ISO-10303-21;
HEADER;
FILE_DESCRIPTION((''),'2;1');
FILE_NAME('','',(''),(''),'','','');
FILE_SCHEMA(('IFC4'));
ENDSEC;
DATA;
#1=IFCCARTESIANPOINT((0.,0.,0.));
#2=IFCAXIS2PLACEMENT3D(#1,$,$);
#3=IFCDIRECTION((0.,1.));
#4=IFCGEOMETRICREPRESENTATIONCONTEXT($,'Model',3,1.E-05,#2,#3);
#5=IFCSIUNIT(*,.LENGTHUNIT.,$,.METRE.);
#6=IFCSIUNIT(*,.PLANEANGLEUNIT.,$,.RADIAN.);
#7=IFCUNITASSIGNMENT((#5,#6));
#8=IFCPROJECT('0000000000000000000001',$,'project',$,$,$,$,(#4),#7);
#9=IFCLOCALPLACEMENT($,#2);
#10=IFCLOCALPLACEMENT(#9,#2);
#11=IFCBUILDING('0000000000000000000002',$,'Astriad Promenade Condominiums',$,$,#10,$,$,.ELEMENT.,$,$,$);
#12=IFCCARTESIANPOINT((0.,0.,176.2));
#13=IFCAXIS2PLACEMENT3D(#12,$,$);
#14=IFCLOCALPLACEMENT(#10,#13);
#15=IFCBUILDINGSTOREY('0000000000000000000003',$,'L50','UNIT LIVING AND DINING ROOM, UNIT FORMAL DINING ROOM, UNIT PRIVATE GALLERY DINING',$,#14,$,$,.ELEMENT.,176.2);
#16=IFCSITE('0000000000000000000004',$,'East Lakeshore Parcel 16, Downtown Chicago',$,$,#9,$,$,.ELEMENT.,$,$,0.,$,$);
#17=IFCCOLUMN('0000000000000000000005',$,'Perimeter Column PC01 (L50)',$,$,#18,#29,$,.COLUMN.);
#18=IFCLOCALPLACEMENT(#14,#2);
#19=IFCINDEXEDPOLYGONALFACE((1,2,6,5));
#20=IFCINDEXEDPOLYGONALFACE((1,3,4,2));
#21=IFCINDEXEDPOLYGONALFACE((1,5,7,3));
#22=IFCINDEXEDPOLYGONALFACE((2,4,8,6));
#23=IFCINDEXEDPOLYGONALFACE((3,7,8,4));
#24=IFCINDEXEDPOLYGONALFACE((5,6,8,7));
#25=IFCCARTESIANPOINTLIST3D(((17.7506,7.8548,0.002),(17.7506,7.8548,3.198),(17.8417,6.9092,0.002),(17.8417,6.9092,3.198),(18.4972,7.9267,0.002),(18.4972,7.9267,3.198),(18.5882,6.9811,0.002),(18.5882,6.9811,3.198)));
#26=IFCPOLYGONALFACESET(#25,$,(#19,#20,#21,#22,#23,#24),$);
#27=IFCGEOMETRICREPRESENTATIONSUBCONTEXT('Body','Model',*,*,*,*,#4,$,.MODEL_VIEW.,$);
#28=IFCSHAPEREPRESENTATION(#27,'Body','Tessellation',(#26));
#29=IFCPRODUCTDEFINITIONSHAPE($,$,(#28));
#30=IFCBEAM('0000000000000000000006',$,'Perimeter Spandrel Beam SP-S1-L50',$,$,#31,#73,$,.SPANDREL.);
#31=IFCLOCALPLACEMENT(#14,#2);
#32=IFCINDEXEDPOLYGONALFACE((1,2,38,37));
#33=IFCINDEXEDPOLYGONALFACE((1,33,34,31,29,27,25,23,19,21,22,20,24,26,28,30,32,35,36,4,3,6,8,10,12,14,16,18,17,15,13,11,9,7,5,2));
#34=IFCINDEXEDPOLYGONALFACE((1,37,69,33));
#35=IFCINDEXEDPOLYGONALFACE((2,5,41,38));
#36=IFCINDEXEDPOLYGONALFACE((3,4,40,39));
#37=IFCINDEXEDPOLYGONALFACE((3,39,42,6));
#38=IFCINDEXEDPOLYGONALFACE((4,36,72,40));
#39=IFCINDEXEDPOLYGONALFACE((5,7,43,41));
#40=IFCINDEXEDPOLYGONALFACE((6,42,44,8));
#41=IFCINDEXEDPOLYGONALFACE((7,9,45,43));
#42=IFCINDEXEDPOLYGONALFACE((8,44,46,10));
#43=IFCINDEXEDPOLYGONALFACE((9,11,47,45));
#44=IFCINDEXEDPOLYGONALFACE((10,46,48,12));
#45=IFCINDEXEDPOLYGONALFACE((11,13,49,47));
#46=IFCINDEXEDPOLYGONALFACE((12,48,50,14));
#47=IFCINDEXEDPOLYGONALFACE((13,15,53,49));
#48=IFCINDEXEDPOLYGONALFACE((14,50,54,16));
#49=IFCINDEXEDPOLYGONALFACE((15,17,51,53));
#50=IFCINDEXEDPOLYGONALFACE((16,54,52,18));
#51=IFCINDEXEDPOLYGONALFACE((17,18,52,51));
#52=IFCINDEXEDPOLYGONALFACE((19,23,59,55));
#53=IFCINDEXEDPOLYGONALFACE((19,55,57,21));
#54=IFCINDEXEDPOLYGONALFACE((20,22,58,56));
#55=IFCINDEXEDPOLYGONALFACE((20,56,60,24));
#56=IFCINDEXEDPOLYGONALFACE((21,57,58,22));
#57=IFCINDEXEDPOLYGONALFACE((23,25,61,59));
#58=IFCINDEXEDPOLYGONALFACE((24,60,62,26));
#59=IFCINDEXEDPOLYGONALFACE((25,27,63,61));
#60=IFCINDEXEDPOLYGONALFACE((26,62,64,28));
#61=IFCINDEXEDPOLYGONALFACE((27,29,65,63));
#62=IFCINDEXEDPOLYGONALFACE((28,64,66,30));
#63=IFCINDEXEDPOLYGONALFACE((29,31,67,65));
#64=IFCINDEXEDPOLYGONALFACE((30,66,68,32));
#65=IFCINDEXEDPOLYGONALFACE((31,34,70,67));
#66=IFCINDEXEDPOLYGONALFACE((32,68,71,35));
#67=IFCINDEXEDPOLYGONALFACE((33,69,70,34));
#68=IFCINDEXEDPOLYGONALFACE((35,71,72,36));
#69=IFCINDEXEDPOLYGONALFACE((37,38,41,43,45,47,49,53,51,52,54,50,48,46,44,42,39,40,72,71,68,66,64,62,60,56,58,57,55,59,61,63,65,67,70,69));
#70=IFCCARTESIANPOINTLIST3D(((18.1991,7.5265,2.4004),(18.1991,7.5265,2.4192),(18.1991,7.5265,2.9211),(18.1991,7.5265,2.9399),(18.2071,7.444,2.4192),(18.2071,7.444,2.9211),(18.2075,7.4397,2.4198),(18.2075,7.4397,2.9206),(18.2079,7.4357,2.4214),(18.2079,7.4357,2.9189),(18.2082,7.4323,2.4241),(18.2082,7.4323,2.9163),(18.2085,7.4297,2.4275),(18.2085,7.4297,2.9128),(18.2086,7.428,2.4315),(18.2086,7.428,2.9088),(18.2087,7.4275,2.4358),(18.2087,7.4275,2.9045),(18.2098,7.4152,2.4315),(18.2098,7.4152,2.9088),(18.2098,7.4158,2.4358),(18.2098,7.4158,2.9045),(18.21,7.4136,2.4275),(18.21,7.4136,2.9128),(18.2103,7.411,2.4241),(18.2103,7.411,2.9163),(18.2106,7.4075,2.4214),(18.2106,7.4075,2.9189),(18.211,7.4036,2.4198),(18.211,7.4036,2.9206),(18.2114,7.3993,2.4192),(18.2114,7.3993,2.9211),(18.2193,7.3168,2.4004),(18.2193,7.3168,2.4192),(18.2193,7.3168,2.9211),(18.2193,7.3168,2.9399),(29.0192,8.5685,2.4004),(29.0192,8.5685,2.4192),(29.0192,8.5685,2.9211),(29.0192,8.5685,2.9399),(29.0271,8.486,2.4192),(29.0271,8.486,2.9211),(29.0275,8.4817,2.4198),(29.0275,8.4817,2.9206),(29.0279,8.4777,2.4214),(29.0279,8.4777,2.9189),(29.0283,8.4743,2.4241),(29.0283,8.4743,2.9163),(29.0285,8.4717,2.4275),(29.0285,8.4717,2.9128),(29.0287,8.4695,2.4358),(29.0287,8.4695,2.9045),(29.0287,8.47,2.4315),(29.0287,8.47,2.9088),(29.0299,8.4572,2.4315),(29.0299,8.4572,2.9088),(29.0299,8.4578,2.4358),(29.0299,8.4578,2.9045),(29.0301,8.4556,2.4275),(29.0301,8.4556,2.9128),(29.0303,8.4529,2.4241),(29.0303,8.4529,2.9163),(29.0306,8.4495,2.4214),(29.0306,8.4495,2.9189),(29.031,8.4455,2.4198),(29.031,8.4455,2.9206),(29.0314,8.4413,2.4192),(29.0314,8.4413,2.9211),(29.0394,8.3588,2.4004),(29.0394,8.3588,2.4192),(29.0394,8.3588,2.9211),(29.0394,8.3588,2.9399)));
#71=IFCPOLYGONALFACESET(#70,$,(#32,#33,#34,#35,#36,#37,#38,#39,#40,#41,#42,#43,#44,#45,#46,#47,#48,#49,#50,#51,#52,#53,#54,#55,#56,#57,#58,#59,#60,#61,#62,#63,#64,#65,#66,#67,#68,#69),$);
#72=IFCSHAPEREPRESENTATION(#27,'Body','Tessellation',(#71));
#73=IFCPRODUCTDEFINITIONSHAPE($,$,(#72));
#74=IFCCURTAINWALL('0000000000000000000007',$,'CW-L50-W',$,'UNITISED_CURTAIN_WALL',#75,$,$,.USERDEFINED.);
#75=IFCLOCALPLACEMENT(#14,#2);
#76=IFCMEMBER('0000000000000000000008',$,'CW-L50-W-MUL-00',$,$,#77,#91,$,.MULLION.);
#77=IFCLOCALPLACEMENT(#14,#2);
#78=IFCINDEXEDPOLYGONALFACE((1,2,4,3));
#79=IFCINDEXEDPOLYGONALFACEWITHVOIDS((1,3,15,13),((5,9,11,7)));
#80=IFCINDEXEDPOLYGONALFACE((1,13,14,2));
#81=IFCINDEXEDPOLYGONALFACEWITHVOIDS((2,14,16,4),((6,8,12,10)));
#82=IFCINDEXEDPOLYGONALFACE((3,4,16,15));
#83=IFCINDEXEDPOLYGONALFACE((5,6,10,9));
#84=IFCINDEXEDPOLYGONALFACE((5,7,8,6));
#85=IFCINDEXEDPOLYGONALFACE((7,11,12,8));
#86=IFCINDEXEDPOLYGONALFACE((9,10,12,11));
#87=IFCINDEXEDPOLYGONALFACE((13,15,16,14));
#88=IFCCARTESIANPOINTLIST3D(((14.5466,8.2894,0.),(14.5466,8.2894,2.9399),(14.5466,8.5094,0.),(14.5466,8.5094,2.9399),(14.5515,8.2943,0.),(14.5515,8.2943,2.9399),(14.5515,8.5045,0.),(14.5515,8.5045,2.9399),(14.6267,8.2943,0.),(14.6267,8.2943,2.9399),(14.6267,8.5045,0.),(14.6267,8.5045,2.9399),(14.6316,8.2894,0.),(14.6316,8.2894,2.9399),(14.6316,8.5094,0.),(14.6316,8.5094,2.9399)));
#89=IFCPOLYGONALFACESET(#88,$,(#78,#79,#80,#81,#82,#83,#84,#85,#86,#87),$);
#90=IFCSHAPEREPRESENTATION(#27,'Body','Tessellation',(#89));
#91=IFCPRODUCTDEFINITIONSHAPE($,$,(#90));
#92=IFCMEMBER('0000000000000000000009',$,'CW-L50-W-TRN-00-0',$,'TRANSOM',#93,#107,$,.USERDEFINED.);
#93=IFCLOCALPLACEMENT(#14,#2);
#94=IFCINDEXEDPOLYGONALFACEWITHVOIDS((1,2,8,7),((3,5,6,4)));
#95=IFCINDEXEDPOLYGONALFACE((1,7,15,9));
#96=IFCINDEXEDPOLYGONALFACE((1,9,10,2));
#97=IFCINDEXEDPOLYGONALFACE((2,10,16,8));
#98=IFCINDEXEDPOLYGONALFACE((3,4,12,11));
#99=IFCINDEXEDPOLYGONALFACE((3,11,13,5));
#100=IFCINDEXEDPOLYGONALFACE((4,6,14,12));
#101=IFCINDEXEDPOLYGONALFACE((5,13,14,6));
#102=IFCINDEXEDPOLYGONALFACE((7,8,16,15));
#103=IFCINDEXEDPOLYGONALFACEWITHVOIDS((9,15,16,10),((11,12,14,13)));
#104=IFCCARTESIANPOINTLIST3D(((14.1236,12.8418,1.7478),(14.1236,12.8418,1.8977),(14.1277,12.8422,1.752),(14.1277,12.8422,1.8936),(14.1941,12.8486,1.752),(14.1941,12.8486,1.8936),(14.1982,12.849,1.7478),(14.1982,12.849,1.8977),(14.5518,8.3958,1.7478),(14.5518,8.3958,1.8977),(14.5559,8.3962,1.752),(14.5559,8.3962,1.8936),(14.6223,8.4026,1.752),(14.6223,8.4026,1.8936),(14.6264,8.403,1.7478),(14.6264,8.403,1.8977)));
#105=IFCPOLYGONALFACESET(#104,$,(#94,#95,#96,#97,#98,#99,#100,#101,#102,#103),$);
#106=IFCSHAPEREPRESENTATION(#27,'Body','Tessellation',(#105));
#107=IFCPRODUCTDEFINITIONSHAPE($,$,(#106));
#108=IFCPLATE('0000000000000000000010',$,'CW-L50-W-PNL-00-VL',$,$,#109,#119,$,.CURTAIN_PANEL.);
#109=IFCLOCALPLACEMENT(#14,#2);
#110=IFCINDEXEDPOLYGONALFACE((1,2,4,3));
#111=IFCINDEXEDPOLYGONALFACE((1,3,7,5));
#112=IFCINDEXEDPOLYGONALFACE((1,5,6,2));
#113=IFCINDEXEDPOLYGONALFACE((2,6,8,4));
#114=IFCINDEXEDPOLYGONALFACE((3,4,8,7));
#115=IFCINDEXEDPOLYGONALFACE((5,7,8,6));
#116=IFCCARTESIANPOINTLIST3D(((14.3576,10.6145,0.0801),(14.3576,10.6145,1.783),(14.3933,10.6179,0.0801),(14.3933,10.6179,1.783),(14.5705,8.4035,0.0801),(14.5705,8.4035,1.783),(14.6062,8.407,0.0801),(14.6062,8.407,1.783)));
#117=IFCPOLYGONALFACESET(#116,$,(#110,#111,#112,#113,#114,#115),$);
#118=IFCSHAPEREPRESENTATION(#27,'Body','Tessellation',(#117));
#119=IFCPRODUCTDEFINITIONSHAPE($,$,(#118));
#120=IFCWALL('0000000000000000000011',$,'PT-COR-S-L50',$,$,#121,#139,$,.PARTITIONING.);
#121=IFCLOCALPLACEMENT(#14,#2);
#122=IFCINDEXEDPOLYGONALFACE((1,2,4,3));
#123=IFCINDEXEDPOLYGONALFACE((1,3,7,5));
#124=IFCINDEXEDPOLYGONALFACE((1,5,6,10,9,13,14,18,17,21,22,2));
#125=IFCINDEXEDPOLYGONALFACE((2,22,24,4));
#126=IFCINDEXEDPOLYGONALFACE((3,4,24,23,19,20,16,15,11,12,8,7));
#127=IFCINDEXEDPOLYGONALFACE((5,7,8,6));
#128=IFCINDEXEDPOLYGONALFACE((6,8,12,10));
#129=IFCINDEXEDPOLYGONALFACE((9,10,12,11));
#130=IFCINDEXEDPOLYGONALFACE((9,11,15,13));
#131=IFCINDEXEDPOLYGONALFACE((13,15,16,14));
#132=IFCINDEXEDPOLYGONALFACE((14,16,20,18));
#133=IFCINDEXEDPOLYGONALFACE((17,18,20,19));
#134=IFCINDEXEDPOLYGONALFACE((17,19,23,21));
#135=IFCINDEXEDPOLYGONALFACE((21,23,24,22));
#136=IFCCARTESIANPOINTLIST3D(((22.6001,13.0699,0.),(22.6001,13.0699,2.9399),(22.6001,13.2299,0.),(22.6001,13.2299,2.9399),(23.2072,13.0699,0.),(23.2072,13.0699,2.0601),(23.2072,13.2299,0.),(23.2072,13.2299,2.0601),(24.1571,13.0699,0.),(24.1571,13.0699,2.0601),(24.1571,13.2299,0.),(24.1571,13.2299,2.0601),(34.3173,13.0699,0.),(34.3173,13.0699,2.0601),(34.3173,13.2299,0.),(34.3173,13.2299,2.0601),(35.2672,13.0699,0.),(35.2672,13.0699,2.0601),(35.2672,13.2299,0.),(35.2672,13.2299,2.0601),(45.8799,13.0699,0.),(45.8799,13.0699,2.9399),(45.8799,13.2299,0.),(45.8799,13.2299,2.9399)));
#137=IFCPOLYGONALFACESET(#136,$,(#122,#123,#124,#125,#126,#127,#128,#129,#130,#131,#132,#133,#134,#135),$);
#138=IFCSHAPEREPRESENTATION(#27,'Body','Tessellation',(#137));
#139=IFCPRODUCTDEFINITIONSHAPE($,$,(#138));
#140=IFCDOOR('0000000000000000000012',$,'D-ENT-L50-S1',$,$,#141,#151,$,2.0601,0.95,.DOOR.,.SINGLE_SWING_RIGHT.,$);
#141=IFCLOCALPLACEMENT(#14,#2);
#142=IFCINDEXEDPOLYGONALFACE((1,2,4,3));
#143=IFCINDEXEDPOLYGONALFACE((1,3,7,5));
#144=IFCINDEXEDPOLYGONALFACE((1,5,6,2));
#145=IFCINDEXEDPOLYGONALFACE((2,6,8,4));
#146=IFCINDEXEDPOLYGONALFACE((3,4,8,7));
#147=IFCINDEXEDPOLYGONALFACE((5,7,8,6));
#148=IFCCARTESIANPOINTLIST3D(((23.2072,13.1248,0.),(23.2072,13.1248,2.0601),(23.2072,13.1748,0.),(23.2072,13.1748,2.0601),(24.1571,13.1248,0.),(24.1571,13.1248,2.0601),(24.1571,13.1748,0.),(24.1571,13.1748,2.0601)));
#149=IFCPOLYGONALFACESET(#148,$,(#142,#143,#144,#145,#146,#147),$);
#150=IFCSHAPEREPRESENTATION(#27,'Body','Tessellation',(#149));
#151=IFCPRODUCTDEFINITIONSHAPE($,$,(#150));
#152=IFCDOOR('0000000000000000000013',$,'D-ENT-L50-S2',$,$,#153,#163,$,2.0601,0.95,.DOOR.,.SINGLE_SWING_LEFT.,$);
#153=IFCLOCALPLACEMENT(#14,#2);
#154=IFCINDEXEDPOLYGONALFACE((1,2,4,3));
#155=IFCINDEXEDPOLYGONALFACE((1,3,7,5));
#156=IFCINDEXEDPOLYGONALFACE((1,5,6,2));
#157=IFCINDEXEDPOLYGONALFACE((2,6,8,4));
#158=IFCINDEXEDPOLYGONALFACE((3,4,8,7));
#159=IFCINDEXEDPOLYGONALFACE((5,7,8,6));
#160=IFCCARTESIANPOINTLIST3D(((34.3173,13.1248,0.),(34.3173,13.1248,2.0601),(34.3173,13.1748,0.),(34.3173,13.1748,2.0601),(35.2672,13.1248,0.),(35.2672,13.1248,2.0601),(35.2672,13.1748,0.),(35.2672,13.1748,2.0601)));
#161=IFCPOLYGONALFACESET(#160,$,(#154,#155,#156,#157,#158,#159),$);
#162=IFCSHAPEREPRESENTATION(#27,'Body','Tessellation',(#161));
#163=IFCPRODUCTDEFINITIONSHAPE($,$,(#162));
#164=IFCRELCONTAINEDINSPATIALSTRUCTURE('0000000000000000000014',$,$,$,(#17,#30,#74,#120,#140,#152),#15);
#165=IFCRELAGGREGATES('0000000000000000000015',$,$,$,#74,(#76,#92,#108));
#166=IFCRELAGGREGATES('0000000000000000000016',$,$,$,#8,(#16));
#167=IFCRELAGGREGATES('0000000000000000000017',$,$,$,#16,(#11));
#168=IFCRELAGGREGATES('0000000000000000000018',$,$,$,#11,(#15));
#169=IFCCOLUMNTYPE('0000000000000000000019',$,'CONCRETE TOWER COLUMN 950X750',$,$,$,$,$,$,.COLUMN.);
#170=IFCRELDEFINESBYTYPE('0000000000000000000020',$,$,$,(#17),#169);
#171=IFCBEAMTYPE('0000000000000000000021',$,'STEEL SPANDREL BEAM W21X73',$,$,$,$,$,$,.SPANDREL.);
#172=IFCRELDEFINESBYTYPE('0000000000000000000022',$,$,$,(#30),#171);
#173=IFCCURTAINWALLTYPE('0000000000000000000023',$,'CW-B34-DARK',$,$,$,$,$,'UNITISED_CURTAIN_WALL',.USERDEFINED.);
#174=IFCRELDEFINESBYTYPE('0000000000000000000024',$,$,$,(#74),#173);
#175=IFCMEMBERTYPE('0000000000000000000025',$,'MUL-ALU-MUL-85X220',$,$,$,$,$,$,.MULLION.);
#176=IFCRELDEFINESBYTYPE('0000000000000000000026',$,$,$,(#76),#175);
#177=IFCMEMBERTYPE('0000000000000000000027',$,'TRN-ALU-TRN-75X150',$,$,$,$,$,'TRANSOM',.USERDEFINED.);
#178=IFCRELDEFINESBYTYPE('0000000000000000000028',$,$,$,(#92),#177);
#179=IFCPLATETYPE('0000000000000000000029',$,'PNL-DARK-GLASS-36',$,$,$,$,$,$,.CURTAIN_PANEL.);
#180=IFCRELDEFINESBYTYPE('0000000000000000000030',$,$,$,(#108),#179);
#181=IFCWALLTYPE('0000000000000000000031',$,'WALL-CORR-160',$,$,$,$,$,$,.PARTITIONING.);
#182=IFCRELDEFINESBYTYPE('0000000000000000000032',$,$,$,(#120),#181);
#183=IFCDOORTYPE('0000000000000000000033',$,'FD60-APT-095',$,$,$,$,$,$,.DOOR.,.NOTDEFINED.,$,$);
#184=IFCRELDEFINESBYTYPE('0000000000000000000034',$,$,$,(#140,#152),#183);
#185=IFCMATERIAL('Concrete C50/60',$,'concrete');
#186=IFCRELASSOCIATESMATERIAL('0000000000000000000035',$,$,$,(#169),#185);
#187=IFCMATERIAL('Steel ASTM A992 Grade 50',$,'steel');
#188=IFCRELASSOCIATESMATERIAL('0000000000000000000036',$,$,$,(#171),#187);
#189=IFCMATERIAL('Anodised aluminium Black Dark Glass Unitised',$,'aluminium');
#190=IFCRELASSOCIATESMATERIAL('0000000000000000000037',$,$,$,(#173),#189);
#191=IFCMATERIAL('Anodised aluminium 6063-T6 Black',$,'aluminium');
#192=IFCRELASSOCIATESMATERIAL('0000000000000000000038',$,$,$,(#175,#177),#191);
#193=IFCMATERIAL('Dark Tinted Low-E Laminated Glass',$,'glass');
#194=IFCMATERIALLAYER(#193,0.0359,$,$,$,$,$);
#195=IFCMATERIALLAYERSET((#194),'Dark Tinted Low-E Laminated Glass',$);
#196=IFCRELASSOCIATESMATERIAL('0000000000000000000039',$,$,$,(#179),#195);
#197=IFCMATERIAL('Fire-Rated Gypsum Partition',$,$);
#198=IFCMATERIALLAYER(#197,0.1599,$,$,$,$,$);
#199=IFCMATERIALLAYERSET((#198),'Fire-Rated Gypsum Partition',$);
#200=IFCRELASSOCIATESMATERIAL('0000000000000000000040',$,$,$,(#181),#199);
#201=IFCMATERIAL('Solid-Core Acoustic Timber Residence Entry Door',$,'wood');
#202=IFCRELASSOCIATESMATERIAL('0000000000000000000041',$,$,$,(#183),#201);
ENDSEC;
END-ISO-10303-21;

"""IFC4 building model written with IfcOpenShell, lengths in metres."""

from ifc_helpers import new_model, si_unit, direction, frame, frame_2d, origin, origin_2d, place, context, subcontext, project, spatial, rectangle, hollow_rectangle, i_section, extrude, source, transform, mapped, material, layer, layer_set, material_profile, profile_set, type_object, type_shapes, element, fill, aggregate, save


model = new_model("IFC4")

# Units and contexts
model_context = context("Model", 3, precision=1e-05, world=origin(), true_north=direction((0.0, 1.0)))
body_context = subcontext(model_context, "Body", "Model", "MODEL_VIEW")
ifc_project = project(units=[si_unit("LENGTHUNIT", "METRE"), si_unit("PLANEANGLEUNIT", "RADIAN")], contexts=[model_context])

# Site, building, storey
site_placement = place(None, origin())
site = spatial("IfcSite", under=ifc_project, at=site_placement, Name="East Lakeshore Parcel 16, Downtown Chicago", CompositionType="ELEMENT", RefElevation=0.0)
building_placement = place(site_placement, origin())
building = spatial("IfcBuilding", under=site, at=building_placement, Name="Astriad Promenade Condominiums", CompositionType="ELEMENT")
storey_placement = place(building_placement, frame((0.0, 0.0, 176.2)))
storey = spatial("IfcBuildingStorey", under=building, at=storey_placement, Name="L50", Description="UNIT LIVING AND DINING ROOM, UNIT FORMAL DINING ROOM, UNIT PRIVATE GALLERY DINING", CompositionType="ELEMENT", Elevation=176.2)

# Column
ifc_material_1 = material(Name="Concrete C50/60", Category="concrete")
ifc_material_profile_1 = material_profile(ifc_material_1, rectangle(XDim=0.75, YDim=0.95, at=origin_2d()), Name="RC-COL-950X750")
ifc_profile_set_1 = profile_set([ifc_material_profile_1], Name="Concrete C50/60")
column_type = type_object("IfcColumnType", Name="CONCRETE TOWER COLUMN 950X750", PredefinedType="COLUMN", material=ifc_profile_set_1)
shared_shape_1 = source(origin(), body_context, "Body", "SweptSolid", [
    extrude(rectangle(XDim=0.75, YDim=0.95, at=origin_2d()), origin(), (0.0, 0.0, 1.0), 3.196),
])
type_shapes(column_type, [shared_shape_1])
column_placement = place(storey_placement, frame((18.1694, 7.418, 0.002), z_axis=(0.0, 0.0, 1.0), x_axis=(0.995396, 0.095846, 0.0)))
element("IfcColumn", 1, at=column_placement, inside=storey, type_object=column_type, Name="Perimeter Column PC01 (L50)", PredefinedType="COLUMN", context=body_context, shape_type="MappedRepresentation", body=[
    mapped(shared_shape_1, transform((0.0, 0.0, 0.0), scale=1.0)),
])

# Beam
ifc_material_2 = material(Name="Steel ASTM A992 Grade 50", Category="steel")
ifc_material_profile_2 = material_profile(ifc_material_2, i_section(OverallWidth=0.2107, OverallDepth=0.5396, WebThickness=0.0117, FlangeThickness=0.0188, FilletRadius=0.0166, at=origin_2d()), Name="W21X73")
ifc_profile_set_2 = profile_set([ifc_material_profile_2], Name="Steel ASTM A992 Grade 50")
beam_type = type_object("IfcBeamType", Name="STEEL SPANDREL BEAM W21X73", PredefinedType="SPANDREL", material=ifc_profile_set_2)
shared_shape_2 = source(origin(), body_context, "Body", "SweptSolid", [
    extrude(i_section(OverallWidth=0.2107, OverallDepth=0.5396, WebThickness=0.0117, FlangeThickness=0.0188, FilletRadius=0.0166, at=origin_2d()), origin(), (0.0, 0.0, 1.0), 10.8701),
])
type_shapes(beam_type, [shared_shape_2])
beam_placement = place(storey_placement, frame((18.2092, 7.4216, 2.6702), z_axis=(0.995395, 0.095858, 0.0), x_axis=(-0.095858, 0.995395, 0.0)))
element("IfcBeam", 2, at=beam_placement, inside=storey, type_object=beam_type, Name="Perimeter Spandrel Beam SP-S1-L50", PredefinedType="SPANDREL", context=body_context, shape_type="MappedRepresentation", body=[
    mapped(shared_shape_2, transform((0.0, 0.0, 0.0), scale=1.0)),
])

# Curtain wall, members, plate
ifc_material_3 = material(Name="Anodised aluminium Black Dark Glass Unitised", Category="aluminium")
curtain_wall_type = type_object("IfcCurtainWallType", Name="CW-B34-DARK", ElementType="UNITISED_CURTAIN_WALL", PredefinedType="USERDEFINED", material=ifc_material_3)
curtain_wall_placement = place(storey_placement, origin())
curtain_wall = element("IfcCurtainWall", 3, at=curtain_wall_placement, inside=storey, type_object=curtain_wall_type, Name="CW-L50-W", ObjectType="UNITISED_CURTAIN_WALL", PredefinedType="USERDEFINED")
ifc_material_4 = material(Name="Anodised aluminium 6063-T6 Black", Category="aluminium")
ifc_material_profile_3 = material_profile(ifc_material_4, hollow_rectangle(XDim=0.085, YDim=0.22, WallThickness=0.0049, at=origin_2d()), Name="ALU-MUL-85X220")
ifc_profile_set_3 = profile_set([ifc_material_profile_3], Name="Anodised aluminium 6063-T6 Black")
member_type_1 = type_object("IfcMemberType", Name="MUL-ALU-MUL-85X220", PredefinedType="MULLION", material=ifc_profile_set_3)
shared_shape_3 = source(origin(), body_context, "Body", "SweptSolid", [
    extrude(hollow_rectangle(XDim=0.085, YDim=0.22, WallThickness=0.0049, at=origin_2d()), origin(), (0.0, 0.0, 1.0), 2.9399),
])
type_shapes(member_type_1, [shared_shape_3])
member_1_placement = place(storey_placement, frame((14.5891, 8.3994, 0.0), z_axis=(0.0, 0.0, 1.0), x_axis=(1.0, 0.0, 0.0)))
member_1 = element("IfcMember", 4, at=member_1_placement, type_object=member_type_1, Name="CW-L50-W-MUL-00", PredefinedType="MULLION", context=body_context, shape_type="MappedRepresentation", body=[
    mapped(shared_shape_3, transform((0.0, 0.0, 0.0), scale=1.0)),
])
ifc_material_profile_4 = material_profile(ifc_material_4, hollow_rectangle(XDim=0.075, YDim=0.1499, WallThickness=0.0042, at=origin_2d()), Name="ALU-TRN-75X150")
ifc_profile_set_4 = profile_set([ifc_material_profile_4], Name="Anodised aluminium 6063-T6 Black")
member_type_2 = type_object("IfcMemberType", Name="TRN-ALU-TRN-75X150", ElementType="TRANSOM", PredefinedType="USERDEFINED", material=ifc_profile_set_4)
shared_shape_4 = source(origin(), body_context, "Body", "SweptSolid", [
    extrude(hollow_rectangle(XDim=0.075, YDim=0.1499, WallThickness=0.0042, at=origin_2d()), origin(), (0.0, 0.0, 1.0), 4.4666),
])
type_shapes(member_type_2, [shared_shape_4])
member_2_placement = place(storey_placement, frame((14.5891, 8.3994, 1.8228), z_axis=(-0.095872, 0.995394, 0.0), x_axis=(-0.995394, -0.095872, 0.0)))
member_2 = element("IfcMember", 5, at=member_2_placement, type_object=member_type_2, Name="CW-L50-W-TRN-00-0", ObjectType="TRANSOM", PredefinedType="USERDEFINED", context=body_context, shape_type="MappedRepresentation", body=[
    mapped(shared_shape_4, transform((0.0, 0.0, 0.0), scale=1.0)),
])
ifc_material_5 = material(Name="Dark Tinted Low-E Laminated Glass", Category="glass")
ifc_layer_1 = layer(ifc_material_5, 0.0359)
ifc_layer_set_1 = layer_set([ifc_layer_1], Name="Dark Tinted Low-E Laminated Glass")
plate_type = type_object("IfcPlateType", Name="PNL-DARK-GLASS-36", PredefinedType="CURTAIN_PANEL", material=ifc_layer_set_1)
shared_shape_5 = source(origin(), body_context, "Body", "SweptSolid", [
    extrude(rectangle(XDim=2.2212, YDim=0.0359, at=origin_2d()), origin(), (0.0, 0.0, 1.0), 1.7029),
])
type_shapes(plate_type, [shared_shape_5])
plate_placement = place(storey_placement, frame((14.4819, 9.5107, 0.0801), z_axis=(0.0, 0.0, 1.0), x_axis=(-0.095846, 0.995396, 0.0)))
plate = element("IfcPlate", 6, at=plate_placement, type_object=plate_type, Name="CW-L50-W-PNL-00-VL", PredefinedType="CURTAIN_PANEL", context=body_context, shape_type="MappedRepresentation", body=[
    mapped(shared_shape_5, transform((0.0, 0.0, 0.0), scale=1.0)),
])
aggregate(curtain_wall, [member_1, member_2, plate])

# Wall, openings, doors
ifc_material_6 = material(Name="Fire-Rated Gypsum Partition")
ifc_layer_2 = layer(ifc_material_6, 0.1599)
ifc_layer_set_2 = layer_set([ifc_layer_2], Name="Fire-Rated Gypsum Partition")
wall_type_1 = type_object("IfcWallType", Name="WALL-CORR-160", PredefinedType="PARTITIONING", material=ifc_layer_set_2)
wall_1_placement = place(storey_placement, frame((22.6001, 13.1499, 0.0), z_axis=(0.0, 0.0, 1.0), x_axis=(1.0, 0.0, 0.0)))
wall_1 = element("IfcWall", 7, at=wall_1_placement, inside=storey, type_object=wall_type_1, Name="PT-COR-S-L50", PredefinedType="PARTITIONING", context=body_context, shape_type="SweptSolid", body=[
    extrude(rectangle(XDim=23.2798, YDim=0.1599, at=frame_2d((11.6399, 0.0))), origin(), (0.0, 0.0, 1.0), 2.9399),
])
opening_1_placement = place(wall_1_placement, frame((0.6069, 0.0, 0.0)))
opening_1 = element("IfcOpeningElement", 8, at=opening_1_placement, cuts=wall_1, PredefinedType="OPENING", context=body_context, shape_type="SweptSolid", body=[
    extrude(rectangle(XDim=0.95, YDim=2.0601, at=frame_2d((0.4751, 1.03))), frame((0.0, 0.0898, 0.0), z_axis=(0.0, -1.0, 0.0), x_axis=(1.0, 0.0, 0.0)), (0.0, 0.0, 1.0), 0.1799),
])
opening_2_placement = place(wall_1_placement, frame((11.717, 0.0, 0.0)))
opening_2 = element("IfcOpeningElement", 9, at=opening_2_placement, cuts=wall_1, PredefinedType="OPENING", context=body_context, shape_type="SweptSolid", body=[
    extrude(rectangle(XDim=0.95, YDim=2.0601, at=frame_2d((0.4751, 1.03))), frame((0.0, 0.0898, 0.0), z_axis=(0.0, -1.0, 0.0), x_axis=(1.0, 0.0, 0.0)), (0.0, 0.0, 1.0), 0.1799),
])
ifc_material_7 = material(Name="Solid-Core Acoustic Timber Residence Entry Door", Category="wood")
door_type_1 = type_object("IfcDoorType", Name="FD60-APT-095", OperationType="NOTDEFINED", PredefinedType="DOOR", material=ifc_material_7)
shared_shape_6 = source(origin(), body_context, "Body", "SweptSolid", [
    extrude(rectangle(XDim=0.95, YDim=2.0601, at=frame_2d((0.4751, 1.03))), frame((0.0, 0.0249, 0.0), z_axis=(0.0, -1.0, 0.0), x_axis=(1.0, 0.0, 0.0)), (0.0, 0.0, 1.0), 0.05),
])
type_shapes(door_type_1, [shared_shape_6])
door_1_placement = place(opening_1_placement, origin())
door_1 = element("IfcDoor", 10, at=door_1_placement, inside=storey, type_object=door_type_1, Name="D-ENT-L50-S1", OperationType="SINGLE_SWING_RIGHT", OverallHeight=2.0601, OverallWidth=0.95, PredefinedType="DOOR", context=body_context, shape_type="MappedRepresentation", body=[
    mapped(shared_shape_6, transform((0.0, 0.0, 0.0), scale=1.0)),
])
fill(opening_1, door_1)
door_2_placement = place(opening_2_placement, origin())
door_2 = element("IfcDoor", 11, at=door_2_placement, inside=storey, type_object=door_type_1, Name="D-ENT-L50-S2", OperationType="SINGLE_SWING_LEFT", OverallHeight=2.0601, OverallWidth=0.95, PredefinedType="DOOR", context=body_context, shape_type="MappedRepresentation", body=[
    mapped(shared_shape_6, transform((0.0, 0.0, 0.0), scale=1.0)),
])
fill(opening_2, door_2)

save(model, "model.ifc")
